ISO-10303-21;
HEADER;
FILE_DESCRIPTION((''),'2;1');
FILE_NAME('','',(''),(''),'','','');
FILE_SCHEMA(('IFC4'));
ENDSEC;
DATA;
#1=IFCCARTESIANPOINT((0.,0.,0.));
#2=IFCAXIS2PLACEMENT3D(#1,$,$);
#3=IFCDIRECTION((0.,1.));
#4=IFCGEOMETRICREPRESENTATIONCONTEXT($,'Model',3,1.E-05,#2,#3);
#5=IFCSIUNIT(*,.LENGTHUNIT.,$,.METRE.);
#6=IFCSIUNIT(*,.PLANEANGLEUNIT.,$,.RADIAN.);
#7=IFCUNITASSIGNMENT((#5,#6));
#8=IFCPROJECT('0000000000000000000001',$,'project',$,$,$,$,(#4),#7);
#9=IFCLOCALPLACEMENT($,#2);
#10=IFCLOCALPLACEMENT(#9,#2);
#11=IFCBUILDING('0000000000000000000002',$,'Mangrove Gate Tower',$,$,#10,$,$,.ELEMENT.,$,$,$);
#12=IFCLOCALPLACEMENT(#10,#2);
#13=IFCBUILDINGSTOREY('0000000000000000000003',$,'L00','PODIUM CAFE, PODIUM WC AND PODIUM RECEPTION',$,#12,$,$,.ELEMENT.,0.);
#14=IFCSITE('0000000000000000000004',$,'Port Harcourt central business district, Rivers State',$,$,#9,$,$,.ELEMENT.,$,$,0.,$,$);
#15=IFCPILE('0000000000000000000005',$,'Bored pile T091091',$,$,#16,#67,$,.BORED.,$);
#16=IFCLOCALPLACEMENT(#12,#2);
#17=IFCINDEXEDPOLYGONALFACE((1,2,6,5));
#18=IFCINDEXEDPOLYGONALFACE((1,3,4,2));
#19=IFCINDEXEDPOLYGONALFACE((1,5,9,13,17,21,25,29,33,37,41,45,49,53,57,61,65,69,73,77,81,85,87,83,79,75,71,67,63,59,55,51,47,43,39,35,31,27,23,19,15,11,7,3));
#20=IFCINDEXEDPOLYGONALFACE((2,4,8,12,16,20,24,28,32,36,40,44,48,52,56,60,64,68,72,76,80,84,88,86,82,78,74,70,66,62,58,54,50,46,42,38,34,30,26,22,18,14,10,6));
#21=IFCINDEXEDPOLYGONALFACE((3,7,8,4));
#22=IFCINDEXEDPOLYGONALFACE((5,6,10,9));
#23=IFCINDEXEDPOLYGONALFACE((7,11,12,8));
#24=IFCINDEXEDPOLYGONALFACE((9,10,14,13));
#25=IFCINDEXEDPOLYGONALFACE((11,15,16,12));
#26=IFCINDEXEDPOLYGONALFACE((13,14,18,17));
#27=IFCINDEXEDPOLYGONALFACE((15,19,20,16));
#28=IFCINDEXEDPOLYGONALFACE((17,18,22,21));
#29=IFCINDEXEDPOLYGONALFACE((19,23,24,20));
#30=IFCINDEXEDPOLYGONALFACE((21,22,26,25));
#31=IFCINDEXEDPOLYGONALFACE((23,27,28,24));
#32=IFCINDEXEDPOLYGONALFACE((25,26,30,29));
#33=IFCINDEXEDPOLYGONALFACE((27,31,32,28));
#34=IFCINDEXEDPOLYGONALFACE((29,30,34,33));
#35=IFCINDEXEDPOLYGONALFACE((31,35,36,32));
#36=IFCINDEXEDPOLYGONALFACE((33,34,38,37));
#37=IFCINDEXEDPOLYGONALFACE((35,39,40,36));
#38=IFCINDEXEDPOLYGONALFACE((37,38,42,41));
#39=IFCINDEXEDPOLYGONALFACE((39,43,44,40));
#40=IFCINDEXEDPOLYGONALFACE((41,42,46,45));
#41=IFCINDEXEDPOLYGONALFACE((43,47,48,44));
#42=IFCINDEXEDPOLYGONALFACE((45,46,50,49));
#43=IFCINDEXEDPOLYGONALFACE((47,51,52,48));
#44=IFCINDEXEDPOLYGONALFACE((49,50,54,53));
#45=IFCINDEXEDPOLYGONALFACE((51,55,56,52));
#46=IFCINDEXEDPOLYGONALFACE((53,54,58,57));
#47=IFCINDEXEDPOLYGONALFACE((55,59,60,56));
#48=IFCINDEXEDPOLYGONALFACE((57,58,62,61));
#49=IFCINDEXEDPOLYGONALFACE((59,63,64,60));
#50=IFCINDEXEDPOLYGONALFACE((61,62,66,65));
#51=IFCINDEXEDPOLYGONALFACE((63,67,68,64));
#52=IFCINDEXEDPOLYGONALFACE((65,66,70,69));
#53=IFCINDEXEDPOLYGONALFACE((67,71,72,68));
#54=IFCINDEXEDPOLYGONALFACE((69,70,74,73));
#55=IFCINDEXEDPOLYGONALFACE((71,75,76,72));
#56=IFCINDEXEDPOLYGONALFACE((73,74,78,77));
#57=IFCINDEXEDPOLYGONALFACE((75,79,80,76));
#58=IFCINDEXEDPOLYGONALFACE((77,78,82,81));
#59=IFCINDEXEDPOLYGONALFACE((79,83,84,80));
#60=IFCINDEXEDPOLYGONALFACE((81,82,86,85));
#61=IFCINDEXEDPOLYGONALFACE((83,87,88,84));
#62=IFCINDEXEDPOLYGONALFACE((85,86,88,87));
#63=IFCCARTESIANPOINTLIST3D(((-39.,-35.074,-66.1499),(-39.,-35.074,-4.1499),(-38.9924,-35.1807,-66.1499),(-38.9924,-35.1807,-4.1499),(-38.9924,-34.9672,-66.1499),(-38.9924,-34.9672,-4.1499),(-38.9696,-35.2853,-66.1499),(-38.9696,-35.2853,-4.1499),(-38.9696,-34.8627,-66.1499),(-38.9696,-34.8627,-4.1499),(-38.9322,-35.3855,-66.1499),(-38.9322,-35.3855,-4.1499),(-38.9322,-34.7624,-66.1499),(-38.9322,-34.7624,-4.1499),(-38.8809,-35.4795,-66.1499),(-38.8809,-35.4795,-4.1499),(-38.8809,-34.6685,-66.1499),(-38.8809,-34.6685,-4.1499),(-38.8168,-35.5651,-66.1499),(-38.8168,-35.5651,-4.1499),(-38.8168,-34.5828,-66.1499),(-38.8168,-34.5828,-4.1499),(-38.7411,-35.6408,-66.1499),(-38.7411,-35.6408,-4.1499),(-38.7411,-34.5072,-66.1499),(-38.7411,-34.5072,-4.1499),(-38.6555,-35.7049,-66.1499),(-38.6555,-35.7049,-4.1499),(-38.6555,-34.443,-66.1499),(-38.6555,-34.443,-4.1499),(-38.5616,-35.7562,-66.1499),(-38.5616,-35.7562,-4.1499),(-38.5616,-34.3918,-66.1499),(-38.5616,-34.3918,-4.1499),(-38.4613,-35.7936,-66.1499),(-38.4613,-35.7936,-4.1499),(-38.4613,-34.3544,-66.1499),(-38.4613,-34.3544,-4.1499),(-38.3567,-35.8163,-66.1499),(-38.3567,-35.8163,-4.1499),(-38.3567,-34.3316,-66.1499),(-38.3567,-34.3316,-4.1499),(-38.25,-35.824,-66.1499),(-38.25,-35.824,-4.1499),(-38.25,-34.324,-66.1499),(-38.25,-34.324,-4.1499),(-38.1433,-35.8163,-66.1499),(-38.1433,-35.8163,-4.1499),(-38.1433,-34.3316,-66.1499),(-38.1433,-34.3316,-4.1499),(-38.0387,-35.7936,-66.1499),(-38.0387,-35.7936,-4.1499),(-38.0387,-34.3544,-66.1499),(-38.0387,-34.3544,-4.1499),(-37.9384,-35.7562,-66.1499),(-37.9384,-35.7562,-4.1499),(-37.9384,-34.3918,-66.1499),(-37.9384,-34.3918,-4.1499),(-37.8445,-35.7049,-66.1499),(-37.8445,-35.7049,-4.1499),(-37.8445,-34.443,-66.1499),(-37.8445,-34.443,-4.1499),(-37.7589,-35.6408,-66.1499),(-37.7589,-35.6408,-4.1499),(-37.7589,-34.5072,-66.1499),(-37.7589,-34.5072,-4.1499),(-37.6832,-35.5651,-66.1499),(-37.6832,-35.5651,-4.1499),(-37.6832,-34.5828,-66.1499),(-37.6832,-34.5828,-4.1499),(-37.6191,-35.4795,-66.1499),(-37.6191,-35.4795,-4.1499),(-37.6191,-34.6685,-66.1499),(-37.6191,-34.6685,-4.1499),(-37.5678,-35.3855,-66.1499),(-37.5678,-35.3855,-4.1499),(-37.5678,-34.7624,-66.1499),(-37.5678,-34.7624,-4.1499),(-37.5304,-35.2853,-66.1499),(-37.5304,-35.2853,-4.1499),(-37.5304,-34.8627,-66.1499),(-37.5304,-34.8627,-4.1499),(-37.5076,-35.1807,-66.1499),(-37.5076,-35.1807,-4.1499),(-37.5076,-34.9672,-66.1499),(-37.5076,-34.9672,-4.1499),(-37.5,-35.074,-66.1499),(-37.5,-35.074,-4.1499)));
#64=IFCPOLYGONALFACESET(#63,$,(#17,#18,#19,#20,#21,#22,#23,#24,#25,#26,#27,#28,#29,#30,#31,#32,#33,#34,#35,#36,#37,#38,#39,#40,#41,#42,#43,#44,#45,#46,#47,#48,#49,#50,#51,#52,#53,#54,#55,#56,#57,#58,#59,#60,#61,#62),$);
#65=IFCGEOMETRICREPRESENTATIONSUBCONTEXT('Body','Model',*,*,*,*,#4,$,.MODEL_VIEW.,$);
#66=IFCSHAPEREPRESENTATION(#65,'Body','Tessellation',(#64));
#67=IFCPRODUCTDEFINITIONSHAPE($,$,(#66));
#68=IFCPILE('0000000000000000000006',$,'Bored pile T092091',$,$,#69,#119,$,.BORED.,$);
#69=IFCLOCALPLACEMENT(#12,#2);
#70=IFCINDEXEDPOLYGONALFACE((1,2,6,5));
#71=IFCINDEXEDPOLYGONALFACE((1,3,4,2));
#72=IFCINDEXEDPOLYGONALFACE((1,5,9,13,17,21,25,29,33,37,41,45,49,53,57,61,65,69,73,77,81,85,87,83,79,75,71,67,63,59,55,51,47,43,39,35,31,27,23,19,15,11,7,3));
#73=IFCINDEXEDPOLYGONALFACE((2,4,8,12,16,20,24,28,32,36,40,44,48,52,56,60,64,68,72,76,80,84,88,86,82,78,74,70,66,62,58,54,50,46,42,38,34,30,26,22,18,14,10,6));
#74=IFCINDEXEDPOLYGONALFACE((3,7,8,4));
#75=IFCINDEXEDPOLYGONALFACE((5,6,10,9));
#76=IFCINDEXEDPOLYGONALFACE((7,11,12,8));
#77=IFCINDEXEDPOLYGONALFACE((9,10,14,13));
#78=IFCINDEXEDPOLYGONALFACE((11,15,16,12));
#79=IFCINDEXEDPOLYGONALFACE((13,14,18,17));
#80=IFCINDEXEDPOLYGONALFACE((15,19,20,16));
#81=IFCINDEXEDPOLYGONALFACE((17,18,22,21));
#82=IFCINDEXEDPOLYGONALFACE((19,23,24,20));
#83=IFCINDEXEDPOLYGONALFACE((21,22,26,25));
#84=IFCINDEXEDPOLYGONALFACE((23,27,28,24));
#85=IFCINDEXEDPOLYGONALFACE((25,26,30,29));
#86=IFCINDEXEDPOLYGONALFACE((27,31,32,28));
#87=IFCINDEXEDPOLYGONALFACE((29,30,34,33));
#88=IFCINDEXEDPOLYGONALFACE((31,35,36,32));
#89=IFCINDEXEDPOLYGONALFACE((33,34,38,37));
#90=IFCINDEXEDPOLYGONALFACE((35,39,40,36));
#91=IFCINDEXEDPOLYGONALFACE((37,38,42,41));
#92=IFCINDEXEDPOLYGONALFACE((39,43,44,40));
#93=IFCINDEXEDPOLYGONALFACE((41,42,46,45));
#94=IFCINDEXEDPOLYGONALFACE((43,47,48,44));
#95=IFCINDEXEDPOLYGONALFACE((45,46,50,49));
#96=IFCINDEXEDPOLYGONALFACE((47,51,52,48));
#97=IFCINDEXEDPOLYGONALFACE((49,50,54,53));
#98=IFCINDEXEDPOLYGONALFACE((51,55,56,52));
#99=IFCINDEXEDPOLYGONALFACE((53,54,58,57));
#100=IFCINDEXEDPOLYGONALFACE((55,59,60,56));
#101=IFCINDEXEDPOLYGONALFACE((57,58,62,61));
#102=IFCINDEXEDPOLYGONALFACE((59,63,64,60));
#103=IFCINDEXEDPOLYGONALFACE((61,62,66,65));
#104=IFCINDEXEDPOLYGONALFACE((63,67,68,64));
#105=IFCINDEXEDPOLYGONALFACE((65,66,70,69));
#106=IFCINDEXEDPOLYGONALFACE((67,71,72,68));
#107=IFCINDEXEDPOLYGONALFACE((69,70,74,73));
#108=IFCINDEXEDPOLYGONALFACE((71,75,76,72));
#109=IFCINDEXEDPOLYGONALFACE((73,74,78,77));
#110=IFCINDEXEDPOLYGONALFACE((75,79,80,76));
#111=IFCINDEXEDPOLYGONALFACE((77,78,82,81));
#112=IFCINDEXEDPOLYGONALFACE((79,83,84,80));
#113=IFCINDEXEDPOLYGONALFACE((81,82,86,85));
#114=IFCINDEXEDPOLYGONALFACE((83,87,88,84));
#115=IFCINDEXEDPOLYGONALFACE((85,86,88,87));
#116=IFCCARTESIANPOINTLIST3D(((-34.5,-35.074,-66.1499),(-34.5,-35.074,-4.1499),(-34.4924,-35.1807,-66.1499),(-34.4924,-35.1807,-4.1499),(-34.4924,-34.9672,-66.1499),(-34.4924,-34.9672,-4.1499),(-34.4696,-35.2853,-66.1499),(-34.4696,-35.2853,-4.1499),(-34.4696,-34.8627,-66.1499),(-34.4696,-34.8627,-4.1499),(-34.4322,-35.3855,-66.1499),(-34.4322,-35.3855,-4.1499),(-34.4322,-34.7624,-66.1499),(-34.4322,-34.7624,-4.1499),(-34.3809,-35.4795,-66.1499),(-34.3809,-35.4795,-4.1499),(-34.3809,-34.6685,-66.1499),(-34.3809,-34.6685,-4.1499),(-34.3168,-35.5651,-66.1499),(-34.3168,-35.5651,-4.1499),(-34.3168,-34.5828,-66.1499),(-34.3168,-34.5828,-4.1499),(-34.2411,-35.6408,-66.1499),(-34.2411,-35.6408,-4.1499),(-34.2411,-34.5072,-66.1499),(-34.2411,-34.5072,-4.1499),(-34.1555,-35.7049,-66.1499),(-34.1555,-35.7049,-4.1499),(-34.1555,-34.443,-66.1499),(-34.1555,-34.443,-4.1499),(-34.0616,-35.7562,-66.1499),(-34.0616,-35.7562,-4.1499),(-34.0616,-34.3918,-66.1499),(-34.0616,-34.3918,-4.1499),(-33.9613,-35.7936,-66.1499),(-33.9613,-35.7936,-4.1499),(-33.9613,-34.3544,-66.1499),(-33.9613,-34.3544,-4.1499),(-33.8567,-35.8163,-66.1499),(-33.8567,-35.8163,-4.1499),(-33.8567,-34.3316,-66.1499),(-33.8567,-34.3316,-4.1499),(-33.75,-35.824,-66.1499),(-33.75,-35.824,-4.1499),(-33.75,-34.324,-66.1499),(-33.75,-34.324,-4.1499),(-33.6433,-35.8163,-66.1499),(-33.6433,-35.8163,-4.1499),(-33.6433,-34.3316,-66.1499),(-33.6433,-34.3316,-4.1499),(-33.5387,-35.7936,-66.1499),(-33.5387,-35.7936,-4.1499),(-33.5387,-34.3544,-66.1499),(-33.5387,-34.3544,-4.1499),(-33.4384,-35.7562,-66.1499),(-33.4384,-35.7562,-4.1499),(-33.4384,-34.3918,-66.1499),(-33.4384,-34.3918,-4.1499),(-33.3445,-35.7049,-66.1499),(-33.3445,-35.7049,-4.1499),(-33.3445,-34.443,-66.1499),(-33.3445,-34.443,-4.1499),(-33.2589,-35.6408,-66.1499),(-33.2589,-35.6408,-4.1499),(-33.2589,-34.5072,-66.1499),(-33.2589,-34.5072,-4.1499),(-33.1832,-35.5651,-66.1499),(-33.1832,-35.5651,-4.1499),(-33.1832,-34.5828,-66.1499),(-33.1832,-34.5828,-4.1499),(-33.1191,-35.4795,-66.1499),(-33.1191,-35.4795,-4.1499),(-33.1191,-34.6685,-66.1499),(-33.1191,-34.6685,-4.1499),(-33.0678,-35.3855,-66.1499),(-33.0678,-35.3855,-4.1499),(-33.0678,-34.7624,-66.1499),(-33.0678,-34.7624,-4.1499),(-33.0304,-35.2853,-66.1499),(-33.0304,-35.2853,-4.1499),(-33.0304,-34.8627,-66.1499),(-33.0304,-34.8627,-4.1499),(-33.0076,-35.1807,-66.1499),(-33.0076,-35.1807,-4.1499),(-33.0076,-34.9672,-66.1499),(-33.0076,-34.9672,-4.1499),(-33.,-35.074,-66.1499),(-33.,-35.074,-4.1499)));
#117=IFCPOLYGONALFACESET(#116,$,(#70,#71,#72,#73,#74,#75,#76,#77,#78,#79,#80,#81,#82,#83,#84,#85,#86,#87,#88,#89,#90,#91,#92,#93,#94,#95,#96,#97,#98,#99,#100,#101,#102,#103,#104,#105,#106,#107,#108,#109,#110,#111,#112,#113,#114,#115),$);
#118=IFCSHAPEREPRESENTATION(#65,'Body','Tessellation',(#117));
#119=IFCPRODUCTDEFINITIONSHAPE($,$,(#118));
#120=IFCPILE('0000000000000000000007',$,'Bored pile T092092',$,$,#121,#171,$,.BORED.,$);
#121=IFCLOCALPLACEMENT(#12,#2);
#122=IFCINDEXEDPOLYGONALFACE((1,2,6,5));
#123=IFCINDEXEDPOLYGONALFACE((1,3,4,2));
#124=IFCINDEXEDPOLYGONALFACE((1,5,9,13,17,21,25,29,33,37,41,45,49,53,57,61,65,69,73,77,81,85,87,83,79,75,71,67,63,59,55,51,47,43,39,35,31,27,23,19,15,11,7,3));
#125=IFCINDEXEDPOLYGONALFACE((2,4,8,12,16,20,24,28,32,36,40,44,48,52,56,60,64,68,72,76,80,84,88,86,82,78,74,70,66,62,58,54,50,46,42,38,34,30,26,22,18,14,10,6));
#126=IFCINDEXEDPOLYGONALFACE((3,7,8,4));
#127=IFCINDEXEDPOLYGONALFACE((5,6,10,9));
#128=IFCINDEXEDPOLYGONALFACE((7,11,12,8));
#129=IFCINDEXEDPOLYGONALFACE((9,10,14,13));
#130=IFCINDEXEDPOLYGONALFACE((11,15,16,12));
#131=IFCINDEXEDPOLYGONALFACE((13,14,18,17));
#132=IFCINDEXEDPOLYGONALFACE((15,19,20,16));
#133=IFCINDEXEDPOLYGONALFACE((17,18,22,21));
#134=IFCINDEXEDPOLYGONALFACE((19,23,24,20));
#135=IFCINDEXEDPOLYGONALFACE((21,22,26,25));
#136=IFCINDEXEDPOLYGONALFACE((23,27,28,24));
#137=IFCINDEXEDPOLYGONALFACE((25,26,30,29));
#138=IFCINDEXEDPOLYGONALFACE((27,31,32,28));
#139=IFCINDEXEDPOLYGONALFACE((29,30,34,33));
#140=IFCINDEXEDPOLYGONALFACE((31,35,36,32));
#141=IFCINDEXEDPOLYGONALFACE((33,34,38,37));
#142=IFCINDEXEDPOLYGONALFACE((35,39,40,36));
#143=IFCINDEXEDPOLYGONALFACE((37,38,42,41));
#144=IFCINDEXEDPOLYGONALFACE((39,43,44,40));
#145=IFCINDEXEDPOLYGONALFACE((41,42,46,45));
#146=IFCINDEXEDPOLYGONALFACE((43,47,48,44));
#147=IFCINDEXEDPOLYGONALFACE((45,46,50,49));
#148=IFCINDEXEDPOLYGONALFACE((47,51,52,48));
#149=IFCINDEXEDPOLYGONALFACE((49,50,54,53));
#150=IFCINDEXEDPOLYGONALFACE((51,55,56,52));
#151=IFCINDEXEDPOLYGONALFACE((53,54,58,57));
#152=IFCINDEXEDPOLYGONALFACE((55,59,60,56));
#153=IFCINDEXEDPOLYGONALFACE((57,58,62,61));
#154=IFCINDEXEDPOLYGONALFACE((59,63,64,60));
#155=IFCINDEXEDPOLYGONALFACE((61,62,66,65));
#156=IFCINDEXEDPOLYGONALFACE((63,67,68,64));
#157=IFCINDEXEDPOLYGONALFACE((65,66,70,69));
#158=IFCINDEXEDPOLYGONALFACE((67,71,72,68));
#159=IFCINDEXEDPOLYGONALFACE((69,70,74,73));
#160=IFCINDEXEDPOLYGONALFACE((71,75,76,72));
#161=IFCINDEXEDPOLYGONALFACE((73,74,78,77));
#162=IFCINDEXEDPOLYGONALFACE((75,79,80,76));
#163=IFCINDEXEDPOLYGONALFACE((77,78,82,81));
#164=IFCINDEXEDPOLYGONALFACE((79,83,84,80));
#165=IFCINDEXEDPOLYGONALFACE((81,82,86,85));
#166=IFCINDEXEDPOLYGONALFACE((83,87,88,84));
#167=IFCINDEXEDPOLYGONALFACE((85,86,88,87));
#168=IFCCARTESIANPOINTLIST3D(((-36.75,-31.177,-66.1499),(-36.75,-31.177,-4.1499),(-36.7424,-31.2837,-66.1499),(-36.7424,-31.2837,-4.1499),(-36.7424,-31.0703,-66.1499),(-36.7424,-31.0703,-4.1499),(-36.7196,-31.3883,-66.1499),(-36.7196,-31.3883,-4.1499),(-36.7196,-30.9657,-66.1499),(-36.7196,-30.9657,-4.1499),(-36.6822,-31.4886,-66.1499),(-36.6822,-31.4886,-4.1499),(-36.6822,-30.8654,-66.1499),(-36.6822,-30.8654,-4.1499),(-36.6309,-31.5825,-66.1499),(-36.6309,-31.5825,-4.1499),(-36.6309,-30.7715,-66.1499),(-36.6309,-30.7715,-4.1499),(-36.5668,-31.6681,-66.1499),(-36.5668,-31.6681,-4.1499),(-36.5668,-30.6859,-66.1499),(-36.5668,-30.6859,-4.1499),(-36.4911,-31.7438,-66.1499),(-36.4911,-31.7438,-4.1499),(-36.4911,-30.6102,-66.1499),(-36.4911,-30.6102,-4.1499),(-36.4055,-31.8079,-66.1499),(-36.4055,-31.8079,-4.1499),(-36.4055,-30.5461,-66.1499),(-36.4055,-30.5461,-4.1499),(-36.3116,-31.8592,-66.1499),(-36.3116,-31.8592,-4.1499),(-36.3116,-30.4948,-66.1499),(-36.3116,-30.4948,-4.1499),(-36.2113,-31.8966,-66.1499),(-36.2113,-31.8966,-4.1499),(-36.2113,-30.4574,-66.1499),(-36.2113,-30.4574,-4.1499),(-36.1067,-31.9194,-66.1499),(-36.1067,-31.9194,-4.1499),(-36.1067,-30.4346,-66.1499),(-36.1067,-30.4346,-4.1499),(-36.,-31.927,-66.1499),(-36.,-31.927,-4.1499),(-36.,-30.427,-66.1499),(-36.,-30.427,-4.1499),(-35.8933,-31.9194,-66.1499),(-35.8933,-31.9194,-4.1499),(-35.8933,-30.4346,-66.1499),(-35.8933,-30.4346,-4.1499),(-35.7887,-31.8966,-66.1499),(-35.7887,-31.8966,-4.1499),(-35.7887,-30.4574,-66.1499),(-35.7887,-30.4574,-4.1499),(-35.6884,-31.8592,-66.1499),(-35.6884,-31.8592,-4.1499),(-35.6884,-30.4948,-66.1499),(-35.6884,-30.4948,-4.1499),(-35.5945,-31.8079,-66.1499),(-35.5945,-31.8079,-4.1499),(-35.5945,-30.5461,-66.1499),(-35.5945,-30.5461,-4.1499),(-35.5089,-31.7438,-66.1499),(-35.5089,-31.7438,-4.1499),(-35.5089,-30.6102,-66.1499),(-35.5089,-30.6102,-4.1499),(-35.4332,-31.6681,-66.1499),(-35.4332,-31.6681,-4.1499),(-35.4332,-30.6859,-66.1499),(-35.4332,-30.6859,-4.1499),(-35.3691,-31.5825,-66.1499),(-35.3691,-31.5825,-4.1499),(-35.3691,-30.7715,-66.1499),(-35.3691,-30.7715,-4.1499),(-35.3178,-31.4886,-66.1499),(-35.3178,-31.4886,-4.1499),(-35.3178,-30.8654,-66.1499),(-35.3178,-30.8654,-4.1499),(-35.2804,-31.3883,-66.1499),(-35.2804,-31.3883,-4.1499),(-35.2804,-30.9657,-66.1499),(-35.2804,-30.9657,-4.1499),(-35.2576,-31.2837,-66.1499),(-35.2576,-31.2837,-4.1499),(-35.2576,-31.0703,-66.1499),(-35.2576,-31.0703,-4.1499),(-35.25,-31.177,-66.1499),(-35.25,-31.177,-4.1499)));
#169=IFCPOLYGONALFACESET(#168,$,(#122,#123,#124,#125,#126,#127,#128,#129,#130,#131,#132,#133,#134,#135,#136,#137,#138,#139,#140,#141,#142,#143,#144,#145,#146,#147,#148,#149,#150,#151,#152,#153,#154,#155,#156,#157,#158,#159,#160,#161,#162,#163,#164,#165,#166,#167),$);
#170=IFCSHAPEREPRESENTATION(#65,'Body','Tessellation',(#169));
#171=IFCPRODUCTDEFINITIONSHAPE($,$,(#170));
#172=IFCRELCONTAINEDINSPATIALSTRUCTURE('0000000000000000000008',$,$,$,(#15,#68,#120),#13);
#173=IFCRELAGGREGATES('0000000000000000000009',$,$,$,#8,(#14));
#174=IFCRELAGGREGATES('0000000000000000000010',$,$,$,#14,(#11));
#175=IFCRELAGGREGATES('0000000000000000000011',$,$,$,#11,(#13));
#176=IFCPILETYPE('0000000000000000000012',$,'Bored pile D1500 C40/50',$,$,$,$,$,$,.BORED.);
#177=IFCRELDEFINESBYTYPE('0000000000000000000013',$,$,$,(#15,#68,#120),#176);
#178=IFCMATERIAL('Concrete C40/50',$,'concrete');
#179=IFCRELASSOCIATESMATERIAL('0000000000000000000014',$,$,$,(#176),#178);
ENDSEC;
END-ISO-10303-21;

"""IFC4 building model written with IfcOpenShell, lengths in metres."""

from ifc_helpers import new_model, si_unit, direction, frame, origin, origin_2d, place, context, subcontext, project, spatial, circle, extrude, material, material_profile, profile_set, type_object, element, save


model = new_model("IFC4")

# Units and contexts
model_context = context("Model", 3, precision=1e-05, world=origin(), true_north=direction((0.0, 1.0)))
body_context = subcontext(model_context, "Body", "Model", "MODEL_VIEW")
ifc_project = project(units=[si_unit("LENGTHUNIT", "METRE"), si_unit("PLANEANGLEUNIT", "RADIAN")], contexts=[model_context])

# Site, building, storey
site_placement = place(None, origin())
site = spatial("IfcSite", under=ifc_project, at=site_placement, Name="Port Harcourt central business district, Rivers State", CompositionType="ELEMENT", RefElevation=0.0)
building_placement = place(site_placement, origin())
building = spatial("IfcBuilding", under=site, at=building_placement, Name="Mangrove Gate Tower", CompositionType="ELEMENT")
storey_placement = place(building_placement, origin())
storey = spatial("IfcBuildingStorey", under=building, at=storey_placement, Name="L00", Description="PODIUM CAFE, PODIUM WC AND PODIUM RECEPTION", CompositionType="ELEMENT", Elevation=0.0)

# Piles
ifc_material_1 = material(Name="Concrete C40/50", Category="concrete")
ifc_material_profile_1 = material_profile(ifc_material_1, circle(Radius=0.75, at=origin_2d()))
ifc_profile_set_1 = profile_set([ifc_material_profile_1], Name="Concrete C40/50")
pile_type = type_object("IfcPileType", Name="Bored pile D1500 C40/50", PredefinedType="BORED", material=ifc_profile_set_1)
for number, where, z_axis, x_axis, name in (
    (1, (-38.25, -35.074, -4.1499), (0.0, 0.0, -1.0), (1.0, 0.0, 0.0), "Bored pile T091091"),
    (2, (-33.75, -35.074, -4.1499), (0.0, 0.0, -1.0), (1.0, 0.0, 0.0), "Bored pile T092091"),
    (3, (-36.0, -31.177, -4.1499), (0.0, 0.0, -1.0), (1.0, 0.0, 0.0), "Bored pile T092092"),
):
    element("IfcPile", number, at=place(storey_placement, frame(where, z_axis=z_axis, x_axis=x_axis)), inside=storey, type_object=pile_type, Name=name, PredefinedType="BORED", context=body_context, shape_type="SweptSolid", body=[
        extrude(circle(Radius=0.75, at=origin_2d()), origin(), (0.0, 0.0, 1.0), 62.0),
    ])

save(model, "model.ifc")
